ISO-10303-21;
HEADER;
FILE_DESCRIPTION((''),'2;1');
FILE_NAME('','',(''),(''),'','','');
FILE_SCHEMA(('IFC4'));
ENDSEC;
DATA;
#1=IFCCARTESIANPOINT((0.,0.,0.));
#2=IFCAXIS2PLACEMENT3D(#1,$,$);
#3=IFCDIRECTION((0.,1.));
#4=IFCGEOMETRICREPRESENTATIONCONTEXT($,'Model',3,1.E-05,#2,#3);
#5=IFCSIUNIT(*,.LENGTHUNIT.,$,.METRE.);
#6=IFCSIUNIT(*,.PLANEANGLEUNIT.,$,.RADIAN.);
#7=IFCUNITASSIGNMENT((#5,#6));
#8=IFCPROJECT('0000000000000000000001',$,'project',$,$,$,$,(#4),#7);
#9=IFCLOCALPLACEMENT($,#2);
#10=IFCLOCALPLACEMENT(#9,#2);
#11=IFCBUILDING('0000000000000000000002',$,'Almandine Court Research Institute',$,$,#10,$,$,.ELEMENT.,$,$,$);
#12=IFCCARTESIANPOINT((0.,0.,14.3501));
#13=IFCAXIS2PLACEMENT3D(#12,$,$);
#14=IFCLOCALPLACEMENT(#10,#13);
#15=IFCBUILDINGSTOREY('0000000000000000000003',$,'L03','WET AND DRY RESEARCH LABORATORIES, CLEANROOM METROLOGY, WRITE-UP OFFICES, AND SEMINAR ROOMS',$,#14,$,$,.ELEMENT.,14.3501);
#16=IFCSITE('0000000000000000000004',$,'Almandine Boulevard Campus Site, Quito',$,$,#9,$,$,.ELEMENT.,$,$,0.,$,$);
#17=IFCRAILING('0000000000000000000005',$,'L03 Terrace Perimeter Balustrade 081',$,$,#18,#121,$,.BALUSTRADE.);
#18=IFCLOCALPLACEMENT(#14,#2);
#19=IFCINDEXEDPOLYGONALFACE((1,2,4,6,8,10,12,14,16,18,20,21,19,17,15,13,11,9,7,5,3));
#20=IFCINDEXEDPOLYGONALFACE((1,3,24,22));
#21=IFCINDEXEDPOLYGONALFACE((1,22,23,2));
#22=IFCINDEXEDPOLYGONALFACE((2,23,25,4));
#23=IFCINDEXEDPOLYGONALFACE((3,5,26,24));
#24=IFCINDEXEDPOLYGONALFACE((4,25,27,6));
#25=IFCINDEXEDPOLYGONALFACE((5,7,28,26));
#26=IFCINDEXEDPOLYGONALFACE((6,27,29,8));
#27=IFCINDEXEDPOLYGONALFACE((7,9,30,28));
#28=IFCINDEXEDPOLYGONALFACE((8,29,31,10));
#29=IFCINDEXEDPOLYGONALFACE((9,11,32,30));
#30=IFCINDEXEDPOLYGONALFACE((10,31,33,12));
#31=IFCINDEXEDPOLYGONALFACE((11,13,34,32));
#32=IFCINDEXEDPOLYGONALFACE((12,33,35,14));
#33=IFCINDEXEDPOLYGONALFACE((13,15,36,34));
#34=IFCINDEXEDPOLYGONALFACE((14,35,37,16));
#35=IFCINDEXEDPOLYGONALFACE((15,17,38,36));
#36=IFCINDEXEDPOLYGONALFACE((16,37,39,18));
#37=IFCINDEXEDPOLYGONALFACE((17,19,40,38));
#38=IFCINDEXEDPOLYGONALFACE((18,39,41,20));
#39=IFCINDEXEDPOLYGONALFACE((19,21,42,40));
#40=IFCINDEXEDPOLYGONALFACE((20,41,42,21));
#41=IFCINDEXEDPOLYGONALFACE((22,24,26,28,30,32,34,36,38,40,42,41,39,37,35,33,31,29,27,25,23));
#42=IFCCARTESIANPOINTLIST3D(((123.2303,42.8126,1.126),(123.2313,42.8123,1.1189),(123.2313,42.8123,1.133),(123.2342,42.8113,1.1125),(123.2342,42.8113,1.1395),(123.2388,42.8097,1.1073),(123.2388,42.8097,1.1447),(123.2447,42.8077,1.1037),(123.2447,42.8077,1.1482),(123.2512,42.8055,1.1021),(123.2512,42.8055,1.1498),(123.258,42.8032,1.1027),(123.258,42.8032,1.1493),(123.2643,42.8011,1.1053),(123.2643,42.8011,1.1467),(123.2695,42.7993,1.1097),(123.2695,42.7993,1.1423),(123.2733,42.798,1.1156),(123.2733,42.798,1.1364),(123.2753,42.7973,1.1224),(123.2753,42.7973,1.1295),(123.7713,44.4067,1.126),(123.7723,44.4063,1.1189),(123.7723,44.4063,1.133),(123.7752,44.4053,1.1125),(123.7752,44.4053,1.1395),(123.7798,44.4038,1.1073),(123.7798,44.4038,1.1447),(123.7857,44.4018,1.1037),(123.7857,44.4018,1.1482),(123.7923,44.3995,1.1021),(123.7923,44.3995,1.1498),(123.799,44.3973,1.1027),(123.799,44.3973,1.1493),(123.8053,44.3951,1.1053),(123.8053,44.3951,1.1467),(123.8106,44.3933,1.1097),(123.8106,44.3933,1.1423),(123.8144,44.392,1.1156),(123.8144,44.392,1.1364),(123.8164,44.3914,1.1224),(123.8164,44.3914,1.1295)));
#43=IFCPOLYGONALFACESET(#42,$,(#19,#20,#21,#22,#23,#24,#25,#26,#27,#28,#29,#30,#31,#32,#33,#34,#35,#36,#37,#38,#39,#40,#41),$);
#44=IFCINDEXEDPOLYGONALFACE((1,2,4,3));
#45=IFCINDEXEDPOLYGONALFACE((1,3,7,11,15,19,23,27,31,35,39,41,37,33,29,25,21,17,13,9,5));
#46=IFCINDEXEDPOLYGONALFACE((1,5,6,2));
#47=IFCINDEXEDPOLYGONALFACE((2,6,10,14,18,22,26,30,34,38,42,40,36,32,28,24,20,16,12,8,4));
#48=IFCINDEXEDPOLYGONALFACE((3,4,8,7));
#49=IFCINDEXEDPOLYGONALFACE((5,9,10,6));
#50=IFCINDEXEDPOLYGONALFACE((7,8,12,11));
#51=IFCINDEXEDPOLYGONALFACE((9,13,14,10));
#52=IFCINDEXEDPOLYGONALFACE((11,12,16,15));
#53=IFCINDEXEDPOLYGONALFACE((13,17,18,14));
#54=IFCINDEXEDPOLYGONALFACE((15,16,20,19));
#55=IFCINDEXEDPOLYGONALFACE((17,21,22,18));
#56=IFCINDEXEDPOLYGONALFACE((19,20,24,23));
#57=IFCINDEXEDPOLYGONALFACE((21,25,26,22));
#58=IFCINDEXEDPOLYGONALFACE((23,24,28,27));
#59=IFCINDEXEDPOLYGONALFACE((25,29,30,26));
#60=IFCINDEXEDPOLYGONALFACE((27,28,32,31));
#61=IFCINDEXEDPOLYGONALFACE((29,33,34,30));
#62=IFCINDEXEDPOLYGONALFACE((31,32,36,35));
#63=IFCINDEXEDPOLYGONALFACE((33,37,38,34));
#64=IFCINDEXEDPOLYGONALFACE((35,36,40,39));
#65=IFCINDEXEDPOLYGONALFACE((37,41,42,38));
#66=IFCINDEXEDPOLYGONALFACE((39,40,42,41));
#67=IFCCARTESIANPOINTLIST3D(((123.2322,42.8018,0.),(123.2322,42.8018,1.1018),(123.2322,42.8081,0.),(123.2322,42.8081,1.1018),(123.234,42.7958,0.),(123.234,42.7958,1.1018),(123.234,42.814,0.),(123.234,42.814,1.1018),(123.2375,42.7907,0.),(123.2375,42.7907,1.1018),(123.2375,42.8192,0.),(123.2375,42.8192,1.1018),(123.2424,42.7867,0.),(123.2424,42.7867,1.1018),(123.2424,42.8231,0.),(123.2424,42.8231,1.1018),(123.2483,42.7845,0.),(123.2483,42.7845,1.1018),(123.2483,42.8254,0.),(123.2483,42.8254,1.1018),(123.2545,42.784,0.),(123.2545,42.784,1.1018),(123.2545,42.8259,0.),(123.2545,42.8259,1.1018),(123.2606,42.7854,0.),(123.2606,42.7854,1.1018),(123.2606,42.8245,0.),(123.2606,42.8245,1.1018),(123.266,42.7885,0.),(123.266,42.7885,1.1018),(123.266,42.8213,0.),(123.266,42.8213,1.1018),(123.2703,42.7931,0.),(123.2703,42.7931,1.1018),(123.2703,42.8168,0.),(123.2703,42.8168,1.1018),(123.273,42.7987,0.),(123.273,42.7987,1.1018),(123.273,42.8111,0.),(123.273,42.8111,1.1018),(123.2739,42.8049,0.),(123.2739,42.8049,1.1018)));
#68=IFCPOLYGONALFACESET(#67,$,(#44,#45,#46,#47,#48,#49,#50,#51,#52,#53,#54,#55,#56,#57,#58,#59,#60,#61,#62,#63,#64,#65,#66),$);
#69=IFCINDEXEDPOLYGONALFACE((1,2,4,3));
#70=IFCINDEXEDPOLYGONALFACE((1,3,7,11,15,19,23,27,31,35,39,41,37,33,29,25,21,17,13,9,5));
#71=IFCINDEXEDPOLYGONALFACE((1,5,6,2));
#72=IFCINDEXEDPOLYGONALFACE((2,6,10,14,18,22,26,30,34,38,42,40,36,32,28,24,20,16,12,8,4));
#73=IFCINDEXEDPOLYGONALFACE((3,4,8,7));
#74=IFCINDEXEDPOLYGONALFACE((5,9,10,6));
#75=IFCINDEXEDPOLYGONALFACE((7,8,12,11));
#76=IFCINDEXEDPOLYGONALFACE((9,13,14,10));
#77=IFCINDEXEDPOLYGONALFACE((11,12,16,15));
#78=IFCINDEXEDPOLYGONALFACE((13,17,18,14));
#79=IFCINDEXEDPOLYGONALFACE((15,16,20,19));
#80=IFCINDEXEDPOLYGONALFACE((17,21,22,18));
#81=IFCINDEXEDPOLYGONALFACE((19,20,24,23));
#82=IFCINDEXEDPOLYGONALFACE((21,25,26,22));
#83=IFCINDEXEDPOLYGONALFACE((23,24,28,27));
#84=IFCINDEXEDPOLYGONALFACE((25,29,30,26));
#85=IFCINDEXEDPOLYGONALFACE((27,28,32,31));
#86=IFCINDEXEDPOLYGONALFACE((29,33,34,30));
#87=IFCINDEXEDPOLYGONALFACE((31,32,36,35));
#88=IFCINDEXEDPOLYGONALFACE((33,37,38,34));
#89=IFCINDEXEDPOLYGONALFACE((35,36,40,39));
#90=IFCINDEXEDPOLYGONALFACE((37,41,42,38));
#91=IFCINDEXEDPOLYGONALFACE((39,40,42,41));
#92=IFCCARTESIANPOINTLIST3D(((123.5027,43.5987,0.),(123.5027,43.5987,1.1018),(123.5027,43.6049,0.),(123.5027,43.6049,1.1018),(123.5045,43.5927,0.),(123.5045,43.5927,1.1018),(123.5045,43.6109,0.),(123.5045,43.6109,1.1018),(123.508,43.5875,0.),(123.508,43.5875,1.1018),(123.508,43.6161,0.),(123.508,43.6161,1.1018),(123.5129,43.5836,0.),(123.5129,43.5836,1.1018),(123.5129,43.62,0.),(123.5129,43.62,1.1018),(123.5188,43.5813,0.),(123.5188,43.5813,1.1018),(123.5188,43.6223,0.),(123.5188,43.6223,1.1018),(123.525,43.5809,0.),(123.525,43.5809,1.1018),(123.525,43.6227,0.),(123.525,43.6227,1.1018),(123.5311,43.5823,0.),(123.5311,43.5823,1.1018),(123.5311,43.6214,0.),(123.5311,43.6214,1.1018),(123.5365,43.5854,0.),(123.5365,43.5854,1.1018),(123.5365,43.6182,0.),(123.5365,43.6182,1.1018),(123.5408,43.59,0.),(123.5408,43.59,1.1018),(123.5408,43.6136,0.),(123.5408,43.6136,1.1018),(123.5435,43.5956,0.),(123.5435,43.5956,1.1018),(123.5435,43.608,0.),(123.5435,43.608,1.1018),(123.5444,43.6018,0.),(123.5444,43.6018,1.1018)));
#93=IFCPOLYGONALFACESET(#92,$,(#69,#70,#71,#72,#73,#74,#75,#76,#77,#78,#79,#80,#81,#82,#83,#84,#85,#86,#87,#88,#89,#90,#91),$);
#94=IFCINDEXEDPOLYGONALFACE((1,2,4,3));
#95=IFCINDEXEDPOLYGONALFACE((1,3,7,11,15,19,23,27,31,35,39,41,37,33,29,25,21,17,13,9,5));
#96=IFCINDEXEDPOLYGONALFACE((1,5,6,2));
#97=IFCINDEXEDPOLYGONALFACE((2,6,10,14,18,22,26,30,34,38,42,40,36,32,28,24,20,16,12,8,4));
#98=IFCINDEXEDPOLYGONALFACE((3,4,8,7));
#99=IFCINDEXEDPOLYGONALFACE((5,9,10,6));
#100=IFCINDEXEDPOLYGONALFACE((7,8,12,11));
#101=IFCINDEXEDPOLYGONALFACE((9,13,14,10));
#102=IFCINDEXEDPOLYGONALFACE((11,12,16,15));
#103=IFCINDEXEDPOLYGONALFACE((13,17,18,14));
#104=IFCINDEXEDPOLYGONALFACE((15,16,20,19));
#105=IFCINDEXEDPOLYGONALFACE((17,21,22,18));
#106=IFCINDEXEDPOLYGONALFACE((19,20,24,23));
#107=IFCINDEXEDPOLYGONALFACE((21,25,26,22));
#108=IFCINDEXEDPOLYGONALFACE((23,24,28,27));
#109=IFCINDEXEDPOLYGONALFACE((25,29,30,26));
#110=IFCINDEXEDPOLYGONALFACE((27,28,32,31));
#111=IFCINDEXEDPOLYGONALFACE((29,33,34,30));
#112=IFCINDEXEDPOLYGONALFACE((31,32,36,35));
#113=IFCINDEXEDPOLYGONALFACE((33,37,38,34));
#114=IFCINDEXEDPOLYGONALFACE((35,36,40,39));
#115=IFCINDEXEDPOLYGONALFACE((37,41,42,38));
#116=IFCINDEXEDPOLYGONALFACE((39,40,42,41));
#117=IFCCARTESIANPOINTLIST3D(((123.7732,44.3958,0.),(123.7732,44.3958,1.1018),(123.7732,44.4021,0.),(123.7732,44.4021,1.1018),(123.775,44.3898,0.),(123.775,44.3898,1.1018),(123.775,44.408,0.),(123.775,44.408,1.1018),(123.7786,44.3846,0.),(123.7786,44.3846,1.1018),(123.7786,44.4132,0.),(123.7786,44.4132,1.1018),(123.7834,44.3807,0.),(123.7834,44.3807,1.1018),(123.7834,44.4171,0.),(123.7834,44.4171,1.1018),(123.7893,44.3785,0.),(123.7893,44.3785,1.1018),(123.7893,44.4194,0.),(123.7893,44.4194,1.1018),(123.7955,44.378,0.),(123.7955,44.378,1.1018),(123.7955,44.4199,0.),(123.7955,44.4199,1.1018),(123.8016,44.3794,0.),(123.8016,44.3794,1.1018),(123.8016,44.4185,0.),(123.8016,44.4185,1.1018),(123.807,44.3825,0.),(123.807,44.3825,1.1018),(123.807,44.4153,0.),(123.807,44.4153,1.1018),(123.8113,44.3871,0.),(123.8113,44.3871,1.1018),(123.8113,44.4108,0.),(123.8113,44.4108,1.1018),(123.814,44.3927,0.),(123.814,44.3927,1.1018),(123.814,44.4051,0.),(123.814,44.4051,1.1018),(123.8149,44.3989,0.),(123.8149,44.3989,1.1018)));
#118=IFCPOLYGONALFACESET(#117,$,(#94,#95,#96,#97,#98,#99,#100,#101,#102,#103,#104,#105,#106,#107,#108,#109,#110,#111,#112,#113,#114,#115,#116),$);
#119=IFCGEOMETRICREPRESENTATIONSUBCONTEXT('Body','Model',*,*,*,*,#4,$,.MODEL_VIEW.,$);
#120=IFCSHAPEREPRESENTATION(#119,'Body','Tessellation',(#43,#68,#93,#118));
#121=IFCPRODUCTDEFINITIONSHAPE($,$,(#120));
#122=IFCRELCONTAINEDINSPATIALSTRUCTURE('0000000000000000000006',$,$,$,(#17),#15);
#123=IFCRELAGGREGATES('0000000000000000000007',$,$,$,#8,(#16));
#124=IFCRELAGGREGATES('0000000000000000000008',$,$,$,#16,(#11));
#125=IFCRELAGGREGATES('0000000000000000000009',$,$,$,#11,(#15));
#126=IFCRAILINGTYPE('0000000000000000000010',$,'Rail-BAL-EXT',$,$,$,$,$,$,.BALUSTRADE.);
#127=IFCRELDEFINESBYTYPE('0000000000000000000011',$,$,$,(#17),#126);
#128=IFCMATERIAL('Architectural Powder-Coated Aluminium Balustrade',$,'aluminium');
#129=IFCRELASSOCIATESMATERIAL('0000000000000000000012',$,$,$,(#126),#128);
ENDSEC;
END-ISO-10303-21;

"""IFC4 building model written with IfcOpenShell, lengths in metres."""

from ifc_helpers import new_model, si_unit, direction, frame, origin, origin_2d, place, context, subcontext, project, spatial, circle, extrude, material, type_object, element, save


model = new_model("IFC4")

# Units and contexts
model_context = context("Model", 3, precision=1e-05, world=origin(), true_north=direction((0.0, 1.0)))
body_context = subcontext(model_context, "Body", "Model", "MODEL_VIEW")
ifc_project = project(units=[si_unit("LENGTHUNIT", "METRE"), si_unit("PLANEANGLEUNIT", "RADIAN")], contexts=[model_context])

# Site, building, storey
site_placement = place(None, origin())
site = spatial("IfcSite", under=ifc_project, at=site_placement, Name="Almandine Boulevard Campus Site, Quito", CompositionType="ELEMENT", RefElevation=0.0)
building_placement = place(site_placement, origin())
building = spatial("IfcBuilding", under=site, at=building_placement, Name="Almandine Court Research Institute", CompositionType="ELEMENT")
storey_placement = place(building_placement, frame((0.0, 0.0, 14.3501)))
storey = spatial("IfcBuildingStorey", under=building, at=storey_placement, Name="L03", Description="WET AND DRY RESEARCH LABORATORIES, CLEANROOM METROLOGY, WRITE-UP OFFICES, AND SEMINAR ROOMS", CompositionType="ELEMENT", Elevation=14.3501)

# Railing
ifc_material_1 = material(Name="Architectural Powder-Coated Aluminium Balustrade", Category="aluminium")
railing_type = type_object("IfcRailingType", Name="Rail-BAL-EXT", PredefinedType="BALUSTRADE", material=ifc_material_1)
railing_1_placement = place(storey_placement, frame((123.2529, 42.8049, 0.0)))
element("IfcRailing", 1, at=railing_1_placement, inside=storey, type_object=railing_type, Name="L03 Terrace Perimeter Balustrade 081", PredefinedType="BALUSTRADE", context=body_context, shape_type="SweptSolid", body=[
    extrude(circle(Radius=0.0239, at=origin_2d()), frame((0.0, 0.0, 1.126), z_axis=(0.321401, 0.946943, 0.0), x_axis=(-0.946943, 0.321401, 0.0)), (0.0, 0.0, 1.0), 1.6833),
    extrude(circle(Radius=0.021, at=origin_2d()), origin(), (0.0, 0.0, 1.0), 1.1018),
    extrude(circle(Radius=0.021, at=origin_2d()), frame((0.2705, 0.7969, 0.0)), (0.0, 0.0, 1.0), 1.1018),
    extrude(circle(Radius=0.021, at=origin_2d()), frame((0.541, 1.594, 0.0)), (0.0, 0.0, 1.0), 1.1018),
])

save(model, "model.ifc")
